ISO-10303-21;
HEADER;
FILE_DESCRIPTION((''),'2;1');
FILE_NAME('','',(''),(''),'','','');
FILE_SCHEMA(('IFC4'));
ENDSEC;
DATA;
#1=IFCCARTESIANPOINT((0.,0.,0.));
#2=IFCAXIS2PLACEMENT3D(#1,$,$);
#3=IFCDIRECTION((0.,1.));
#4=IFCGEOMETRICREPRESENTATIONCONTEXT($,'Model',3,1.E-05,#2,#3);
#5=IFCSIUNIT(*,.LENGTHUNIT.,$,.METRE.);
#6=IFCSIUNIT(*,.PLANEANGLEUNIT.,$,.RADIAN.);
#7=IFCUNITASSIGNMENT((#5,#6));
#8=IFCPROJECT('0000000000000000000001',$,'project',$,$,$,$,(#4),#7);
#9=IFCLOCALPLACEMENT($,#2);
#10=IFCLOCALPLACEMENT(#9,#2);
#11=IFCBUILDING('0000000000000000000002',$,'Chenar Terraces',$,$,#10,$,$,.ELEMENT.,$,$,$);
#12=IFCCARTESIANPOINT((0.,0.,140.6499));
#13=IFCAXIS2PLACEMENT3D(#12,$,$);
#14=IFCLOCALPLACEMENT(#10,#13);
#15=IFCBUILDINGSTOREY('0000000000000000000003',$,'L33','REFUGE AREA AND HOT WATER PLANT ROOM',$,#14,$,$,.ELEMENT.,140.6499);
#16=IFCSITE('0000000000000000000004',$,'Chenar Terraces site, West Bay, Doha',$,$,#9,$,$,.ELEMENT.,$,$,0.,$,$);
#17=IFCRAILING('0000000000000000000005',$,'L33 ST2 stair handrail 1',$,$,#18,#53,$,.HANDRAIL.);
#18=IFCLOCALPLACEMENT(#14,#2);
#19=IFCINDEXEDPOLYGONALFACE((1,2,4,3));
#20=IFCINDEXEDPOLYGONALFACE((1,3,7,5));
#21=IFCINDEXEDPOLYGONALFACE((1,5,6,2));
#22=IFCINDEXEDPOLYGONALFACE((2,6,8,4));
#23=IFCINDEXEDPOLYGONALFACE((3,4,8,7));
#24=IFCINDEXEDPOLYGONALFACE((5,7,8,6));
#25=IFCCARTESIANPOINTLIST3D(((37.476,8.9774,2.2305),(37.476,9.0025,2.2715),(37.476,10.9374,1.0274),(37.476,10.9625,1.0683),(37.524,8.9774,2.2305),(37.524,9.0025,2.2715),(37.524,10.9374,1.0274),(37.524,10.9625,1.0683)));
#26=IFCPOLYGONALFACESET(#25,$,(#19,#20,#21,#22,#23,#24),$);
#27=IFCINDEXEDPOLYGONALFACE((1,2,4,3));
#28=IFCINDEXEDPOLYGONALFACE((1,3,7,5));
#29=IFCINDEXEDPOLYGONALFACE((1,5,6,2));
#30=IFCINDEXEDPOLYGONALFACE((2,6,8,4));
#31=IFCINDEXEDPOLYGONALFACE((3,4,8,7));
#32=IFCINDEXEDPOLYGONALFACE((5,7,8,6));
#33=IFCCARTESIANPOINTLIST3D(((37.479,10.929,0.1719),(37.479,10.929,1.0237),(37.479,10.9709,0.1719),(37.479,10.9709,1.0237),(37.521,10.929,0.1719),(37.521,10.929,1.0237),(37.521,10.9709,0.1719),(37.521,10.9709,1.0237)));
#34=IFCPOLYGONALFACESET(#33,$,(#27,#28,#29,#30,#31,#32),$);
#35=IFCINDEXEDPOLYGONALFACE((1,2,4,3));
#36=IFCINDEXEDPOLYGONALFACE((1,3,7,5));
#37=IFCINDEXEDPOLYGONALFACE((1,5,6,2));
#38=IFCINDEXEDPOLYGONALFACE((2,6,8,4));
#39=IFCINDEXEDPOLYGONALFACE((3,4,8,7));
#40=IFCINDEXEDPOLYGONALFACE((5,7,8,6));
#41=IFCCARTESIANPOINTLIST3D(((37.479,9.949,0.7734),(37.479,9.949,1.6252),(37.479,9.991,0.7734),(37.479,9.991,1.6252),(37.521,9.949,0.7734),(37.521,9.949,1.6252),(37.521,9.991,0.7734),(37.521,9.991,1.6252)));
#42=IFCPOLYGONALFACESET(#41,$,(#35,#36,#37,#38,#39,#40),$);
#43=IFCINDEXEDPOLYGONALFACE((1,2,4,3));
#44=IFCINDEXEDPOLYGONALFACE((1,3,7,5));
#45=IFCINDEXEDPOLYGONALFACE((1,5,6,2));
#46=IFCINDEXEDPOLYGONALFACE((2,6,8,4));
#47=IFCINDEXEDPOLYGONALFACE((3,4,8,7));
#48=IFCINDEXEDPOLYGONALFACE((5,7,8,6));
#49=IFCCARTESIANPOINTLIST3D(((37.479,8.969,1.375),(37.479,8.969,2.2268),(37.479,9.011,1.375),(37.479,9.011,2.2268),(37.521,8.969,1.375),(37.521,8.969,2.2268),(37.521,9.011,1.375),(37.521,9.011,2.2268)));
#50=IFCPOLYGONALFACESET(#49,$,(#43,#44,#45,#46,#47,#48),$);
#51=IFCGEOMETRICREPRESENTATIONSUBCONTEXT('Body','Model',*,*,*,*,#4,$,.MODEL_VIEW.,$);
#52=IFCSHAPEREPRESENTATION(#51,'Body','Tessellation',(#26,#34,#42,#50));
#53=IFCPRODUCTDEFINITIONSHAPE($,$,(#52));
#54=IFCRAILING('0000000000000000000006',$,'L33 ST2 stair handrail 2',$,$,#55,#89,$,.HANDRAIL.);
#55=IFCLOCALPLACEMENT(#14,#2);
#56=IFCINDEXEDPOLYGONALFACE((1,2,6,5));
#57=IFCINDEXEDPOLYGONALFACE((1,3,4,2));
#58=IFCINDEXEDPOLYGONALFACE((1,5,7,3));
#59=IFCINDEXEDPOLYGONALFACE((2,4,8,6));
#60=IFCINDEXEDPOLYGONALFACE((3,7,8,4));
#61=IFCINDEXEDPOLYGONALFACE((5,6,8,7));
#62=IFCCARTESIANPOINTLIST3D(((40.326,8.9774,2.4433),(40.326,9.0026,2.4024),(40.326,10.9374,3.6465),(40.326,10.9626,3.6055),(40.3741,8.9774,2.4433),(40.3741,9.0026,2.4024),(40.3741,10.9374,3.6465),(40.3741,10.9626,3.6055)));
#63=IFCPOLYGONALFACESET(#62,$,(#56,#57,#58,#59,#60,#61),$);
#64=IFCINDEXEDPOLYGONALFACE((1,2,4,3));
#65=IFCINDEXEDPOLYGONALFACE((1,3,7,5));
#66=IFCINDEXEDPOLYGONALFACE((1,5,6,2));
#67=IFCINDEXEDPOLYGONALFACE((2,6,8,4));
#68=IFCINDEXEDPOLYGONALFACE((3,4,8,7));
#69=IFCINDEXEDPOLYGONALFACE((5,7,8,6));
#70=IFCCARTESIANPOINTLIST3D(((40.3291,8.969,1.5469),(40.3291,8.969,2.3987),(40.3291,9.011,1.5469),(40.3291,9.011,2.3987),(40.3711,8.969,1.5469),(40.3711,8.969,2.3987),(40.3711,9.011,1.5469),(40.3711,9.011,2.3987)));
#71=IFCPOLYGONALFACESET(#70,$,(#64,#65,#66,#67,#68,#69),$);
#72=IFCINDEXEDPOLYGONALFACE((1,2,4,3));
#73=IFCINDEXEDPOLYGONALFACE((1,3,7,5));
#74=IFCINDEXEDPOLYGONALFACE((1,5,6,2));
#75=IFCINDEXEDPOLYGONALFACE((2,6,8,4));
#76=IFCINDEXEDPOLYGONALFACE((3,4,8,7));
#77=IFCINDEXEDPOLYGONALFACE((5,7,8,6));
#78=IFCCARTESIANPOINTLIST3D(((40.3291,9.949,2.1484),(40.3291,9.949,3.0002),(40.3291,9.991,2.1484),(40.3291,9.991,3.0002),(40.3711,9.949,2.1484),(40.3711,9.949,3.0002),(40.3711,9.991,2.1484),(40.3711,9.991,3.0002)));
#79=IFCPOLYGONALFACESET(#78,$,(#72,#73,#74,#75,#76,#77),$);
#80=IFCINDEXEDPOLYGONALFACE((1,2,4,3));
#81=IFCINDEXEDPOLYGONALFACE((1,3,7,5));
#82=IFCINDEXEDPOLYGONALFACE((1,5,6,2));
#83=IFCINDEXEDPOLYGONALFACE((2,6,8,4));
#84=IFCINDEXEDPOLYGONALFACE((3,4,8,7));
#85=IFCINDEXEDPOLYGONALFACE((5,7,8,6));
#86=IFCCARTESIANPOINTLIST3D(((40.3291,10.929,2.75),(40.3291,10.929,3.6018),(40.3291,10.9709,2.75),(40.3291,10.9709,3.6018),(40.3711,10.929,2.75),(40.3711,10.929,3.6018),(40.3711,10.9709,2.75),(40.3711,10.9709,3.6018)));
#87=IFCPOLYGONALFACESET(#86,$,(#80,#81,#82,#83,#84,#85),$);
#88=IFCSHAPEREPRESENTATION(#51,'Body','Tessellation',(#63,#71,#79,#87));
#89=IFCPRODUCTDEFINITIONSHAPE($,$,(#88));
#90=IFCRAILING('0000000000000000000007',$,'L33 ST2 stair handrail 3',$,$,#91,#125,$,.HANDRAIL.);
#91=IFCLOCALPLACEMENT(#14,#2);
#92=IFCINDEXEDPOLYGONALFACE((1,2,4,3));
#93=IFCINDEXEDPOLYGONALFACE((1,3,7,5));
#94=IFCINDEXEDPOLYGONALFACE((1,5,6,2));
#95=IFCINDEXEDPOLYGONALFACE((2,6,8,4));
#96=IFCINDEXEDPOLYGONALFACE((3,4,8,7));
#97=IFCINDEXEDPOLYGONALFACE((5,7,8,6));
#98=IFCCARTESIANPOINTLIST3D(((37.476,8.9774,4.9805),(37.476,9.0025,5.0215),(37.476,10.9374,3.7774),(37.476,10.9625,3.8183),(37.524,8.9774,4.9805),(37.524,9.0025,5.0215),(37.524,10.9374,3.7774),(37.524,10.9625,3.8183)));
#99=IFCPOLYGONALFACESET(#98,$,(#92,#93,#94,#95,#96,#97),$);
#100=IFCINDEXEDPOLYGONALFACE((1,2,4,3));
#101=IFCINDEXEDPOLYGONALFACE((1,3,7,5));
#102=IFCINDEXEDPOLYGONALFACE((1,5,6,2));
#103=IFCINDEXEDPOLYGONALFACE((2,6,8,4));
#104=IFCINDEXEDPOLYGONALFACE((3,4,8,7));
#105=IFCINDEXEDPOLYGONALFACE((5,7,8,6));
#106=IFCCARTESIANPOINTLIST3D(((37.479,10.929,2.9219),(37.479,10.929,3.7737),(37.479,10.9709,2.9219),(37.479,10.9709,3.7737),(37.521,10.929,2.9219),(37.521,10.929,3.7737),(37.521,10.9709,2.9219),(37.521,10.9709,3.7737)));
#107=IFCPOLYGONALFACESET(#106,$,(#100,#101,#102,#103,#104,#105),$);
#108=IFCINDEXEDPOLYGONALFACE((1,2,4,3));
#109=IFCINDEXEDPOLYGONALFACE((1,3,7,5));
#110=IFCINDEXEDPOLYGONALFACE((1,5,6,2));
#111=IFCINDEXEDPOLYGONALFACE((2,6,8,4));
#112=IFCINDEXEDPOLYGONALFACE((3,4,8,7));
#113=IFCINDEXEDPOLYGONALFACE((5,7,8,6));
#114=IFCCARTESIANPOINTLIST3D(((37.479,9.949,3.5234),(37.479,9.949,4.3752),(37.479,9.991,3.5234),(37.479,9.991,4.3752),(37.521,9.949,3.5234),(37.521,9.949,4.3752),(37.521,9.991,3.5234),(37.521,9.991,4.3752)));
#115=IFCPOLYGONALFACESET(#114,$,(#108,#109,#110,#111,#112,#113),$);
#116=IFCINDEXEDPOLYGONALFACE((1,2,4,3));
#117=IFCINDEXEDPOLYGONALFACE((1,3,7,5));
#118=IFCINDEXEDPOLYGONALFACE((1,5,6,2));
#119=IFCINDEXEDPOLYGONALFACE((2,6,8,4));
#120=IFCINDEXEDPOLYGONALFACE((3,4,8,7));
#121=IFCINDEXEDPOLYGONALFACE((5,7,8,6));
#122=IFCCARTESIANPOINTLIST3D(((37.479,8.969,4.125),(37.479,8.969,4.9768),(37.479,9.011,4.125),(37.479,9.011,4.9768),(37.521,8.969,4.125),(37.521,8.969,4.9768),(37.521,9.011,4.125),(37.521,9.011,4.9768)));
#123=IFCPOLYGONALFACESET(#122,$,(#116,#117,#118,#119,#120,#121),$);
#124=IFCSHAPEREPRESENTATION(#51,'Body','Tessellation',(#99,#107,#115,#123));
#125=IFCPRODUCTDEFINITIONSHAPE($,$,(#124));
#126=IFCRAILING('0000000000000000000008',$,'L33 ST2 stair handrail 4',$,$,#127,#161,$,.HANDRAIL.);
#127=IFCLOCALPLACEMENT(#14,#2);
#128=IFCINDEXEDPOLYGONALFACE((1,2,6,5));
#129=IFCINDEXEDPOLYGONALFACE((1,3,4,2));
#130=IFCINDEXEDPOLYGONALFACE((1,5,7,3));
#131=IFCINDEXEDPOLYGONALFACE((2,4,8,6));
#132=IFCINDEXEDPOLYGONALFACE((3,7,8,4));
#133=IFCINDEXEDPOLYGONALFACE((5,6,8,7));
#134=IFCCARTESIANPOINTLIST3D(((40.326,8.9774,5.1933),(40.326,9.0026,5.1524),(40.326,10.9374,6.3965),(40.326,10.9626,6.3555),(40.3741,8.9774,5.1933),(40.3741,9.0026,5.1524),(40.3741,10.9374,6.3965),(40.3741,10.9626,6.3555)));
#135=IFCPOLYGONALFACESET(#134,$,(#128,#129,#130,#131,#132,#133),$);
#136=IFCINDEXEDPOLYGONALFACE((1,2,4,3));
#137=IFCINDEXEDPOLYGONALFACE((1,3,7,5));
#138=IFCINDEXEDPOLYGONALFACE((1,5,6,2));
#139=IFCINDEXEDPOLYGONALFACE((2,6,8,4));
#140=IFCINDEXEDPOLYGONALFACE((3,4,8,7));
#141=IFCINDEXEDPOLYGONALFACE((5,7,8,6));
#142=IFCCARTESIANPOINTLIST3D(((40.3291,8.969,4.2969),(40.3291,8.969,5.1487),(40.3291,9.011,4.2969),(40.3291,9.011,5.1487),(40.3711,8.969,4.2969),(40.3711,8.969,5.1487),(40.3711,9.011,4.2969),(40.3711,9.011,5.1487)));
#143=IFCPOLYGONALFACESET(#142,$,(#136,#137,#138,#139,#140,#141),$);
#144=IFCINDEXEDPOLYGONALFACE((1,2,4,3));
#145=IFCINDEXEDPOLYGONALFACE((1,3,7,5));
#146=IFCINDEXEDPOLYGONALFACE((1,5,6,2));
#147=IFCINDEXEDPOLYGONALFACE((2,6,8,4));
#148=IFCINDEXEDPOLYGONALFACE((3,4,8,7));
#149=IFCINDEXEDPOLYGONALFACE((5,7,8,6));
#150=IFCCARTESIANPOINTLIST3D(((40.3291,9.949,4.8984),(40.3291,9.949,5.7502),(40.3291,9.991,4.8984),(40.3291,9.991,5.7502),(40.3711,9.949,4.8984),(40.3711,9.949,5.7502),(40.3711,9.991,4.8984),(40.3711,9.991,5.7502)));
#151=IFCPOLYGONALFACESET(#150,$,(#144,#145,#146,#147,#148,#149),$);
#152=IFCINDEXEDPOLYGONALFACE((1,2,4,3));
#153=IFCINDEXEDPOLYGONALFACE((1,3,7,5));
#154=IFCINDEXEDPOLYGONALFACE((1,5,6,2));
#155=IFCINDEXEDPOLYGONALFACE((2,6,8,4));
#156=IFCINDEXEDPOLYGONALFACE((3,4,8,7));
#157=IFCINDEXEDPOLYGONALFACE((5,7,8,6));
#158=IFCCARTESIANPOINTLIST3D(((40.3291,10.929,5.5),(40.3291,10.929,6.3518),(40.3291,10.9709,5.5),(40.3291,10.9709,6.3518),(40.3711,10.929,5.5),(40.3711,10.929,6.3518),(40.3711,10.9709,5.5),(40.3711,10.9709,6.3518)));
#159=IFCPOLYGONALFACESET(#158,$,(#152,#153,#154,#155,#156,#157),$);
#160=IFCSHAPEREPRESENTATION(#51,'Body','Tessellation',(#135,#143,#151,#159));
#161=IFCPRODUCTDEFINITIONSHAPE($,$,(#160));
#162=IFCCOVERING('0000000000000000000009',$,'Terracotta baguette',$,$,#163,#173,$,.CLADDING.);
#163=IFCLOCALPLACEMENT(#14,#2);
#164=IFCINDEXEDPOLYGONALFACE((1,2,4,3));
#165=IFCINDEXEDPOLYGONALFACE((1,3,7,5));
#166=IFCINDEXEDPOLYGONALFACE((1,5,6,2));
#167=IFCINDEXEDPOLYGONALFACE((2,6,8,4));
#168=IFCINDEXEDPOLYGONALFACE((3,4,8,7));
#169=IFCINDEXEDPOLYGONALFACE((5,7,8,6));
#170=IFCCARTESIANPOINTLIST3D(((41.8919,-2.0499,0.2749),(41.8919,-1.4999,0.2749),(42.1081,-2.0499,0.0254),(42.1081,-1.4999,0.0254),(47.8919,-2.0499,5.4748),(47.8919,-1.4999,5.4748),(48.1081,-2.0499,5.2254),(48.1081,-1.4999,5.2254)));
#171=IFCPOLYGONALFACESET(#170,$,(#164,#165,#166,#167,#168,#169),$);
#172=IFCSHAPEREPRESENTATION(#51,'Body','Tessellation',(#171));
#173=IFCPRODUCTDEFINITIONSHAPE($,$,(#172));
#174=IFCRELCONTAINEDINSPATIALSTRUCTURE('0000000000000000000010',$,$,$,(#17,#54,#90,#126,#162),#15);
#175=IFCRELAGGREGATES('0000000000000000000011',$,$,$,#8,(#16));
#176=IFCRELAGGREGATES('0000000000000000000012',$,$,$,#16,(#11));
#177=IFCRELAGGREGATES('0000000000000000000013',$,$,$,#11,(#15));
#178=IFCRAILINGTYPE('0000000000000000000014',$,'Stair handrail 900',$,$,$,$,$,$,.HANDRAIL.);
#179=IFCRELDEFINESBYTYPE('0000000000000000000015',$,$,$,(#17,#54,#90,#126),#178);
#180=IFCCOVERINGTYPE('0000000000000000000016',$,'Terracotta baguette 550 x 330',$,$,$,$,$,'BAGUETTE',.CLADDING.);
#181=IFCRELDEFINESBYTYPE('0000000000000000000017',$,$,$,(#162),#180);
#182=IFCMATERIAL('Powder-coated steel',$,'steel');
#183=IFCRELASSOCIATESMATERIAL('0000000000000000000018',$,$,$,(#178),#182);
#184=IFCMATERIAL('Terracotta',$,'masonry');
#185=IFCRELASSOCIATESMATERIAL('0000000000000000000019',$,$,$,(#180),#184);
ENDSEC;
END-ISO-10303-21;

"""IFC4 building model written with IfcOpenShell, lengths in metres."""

from ifc_helpers import new_model, si_unit, direction, frame, origin, origin_2d, place, context, subcontext, project, spatial, rectangle, extrude, material, material_profile, profile_set, type_object, element, save


model = new_model("IFC4")

# Units and contexts
model_context = context("Model", 3, precision=1e-05, world=origin(), true_north=direction((0.0, 1.0)))
body_context = subcontext(model_context, "Body", "Model", "MODEL_VIEW")
ifc_project = project(units=[si_unit("LENGTHUNIT", "METRE"), si_unit("PLANEANGLEUNIT", "RADIAN")], contexts=[model_context])

# Site, building, storey
site_placement = place(None, origin())
site = spatial("IfcSite", under=ifc_project, at=site_placement, Name="Chenar Terraces site, West Bay, Doha", CompositionType="ELEMENT", RefElevation=0.0)
building_placement = place(site_placement, origin())
building = spatial("IfcBuilding", under=site, at=building_placement, Name="Chenar Terraces", CompositionType="ELEMENT")
storey_placement = place(building_placement, frame((0.0, 0.0, 140.6499)))
storey = spatial("IfcBuildingStorey", under=building, at=storey_placement, Name="L33", Description="REFUGE AREA AND HOT WATER PLANT ROOM", CompositionType="ELEMENT", Elevation=140.6499)

# Railings
ifc_material_1 = material(Name="Powder-coated steel", Category="steel")
railing_type_1 = type_object("IfcRailingType", Name="Stair handrail 900", PredefinedType="HANDRAIL", material=ifc_material_1)
railing_1_placement = place(storey_placement, frame((37.5, 10.95, 0.1719)))
element("IfcRailing", 1, at=railing_1_placement, inside=storey, type_object=railing_type_1, Name="L33 ST2 stair handrail 1", PredefinedType="HANDRAIL", context=body_context, shape_type="SweptSolid", body=[
    extrude(rectangle(XDim=0.0481, YDim=0.0481, at=origin_2d()), frame((0.0, 0.0, 0.876), z_axis=(0.0, -0.852241, 0.523149), x_axis=(1.0, 0.0, 0.0)), (0.0, 0.0, 1.0), 2.2998),
    extrude(rectangle(XDim=0.042, YDim=0.042, at=origin_2d()), origin(), (0.0, 0.0, 1.0), 0.8518),
    extrude(rectangle(XDim=0.042, YDim=0.042, at=origin_2d()), frame((0.0, -0.98, 0.6016)), (0.0, 0.0, 1.0), 0.8518),
    extrude(rectangle(XDim=0.042, YDim=0.042, at=origin_2d()), frame((0.0, -1.96, 1.2031)), (0.0, 0.0, 1.0), 0.8518),
])
railing_2_placement = place(storey_placement, frame((40.3501, 8.99, 1.5469)))
element("IfcRailing", 2, at=railing_2_placement, inside=storey, type_object=railing_type_1, Name="L33 ST2 stair handrail 2", PredefinedType="HANDRAIL", context=body_context, shape_type="SweptSolid", body=[
    extrude(rectangle(XDim=0.0481, YDim=0.0481, at=origin_2d()), frame((0.0, 0.0, 0.876), z_axis=(0.0, 0.852241, 0.523149), x_axis=(-1.0, 0.0, 0.0)), (0.0, 0.0, 1.0), 2.2998),
    extrude(rectangle(XDim=0.042, YDim=0.042, at=origin_2d()), origin(), (0.0, 0.0, 1.0), 0.8518),
    extrude(rectangle(XDim=0.042, YDim=0.042, at=origin_2d()), frame((0.0, 0.98, 0.6016)), (0.0, 0.0, 1.0), 0.8518),
    extrude(rectangle(XDim=0.042, YDim=0.042, at=origin_2d()), frame((0.0, 1.96, 1.2031)), (0.0, 0.0, 1.0), 0.8518),
])
railing_3_placement = place(storey_placement, frame((37.5, 10.95, 2.9219)))
element("IfcRailing", 3, at=railing_3_placement, inside=storey, type_object=railing_type_1, Name="L33 ST2 stair handrail 3", PredefinedType="HANDRAIL", context=body_context, shape_type="SweptSolid", body=[
    extrude(rectangle(XDim=0.0481, YDim=0.0481, at=origin_2d()), frame((0.0, 0.0, 0.876), z_axis=(0.0, -0.852241, 0.523149), x_axis=(1.0, 0.0, 0.0)), (0.0, 0.0, 1.0), 2.2998),
    extrude(rectangle(XDim=0.042, YDim=0.042, at=origin_2d()), origin(), (0.0, 0.0, 1.0), 0.8518),
    extrude(rectangle(XDim=0.042, YDim=0.042, at=origin_2d()), frame((0.0, -0.98, 0.6016)), (0.0, 0.0, 1.0), 0.8518),
    extrude(rectangle(XDim=0.042, YDim=0.042, at=origin_2d()), frame((0.0, -1.96, 1.2031)), (0.0, 0.0, 1.0), 0.8518),
])
railing_4_placement = place(storey_placement, frame((40.3501, 8.99, 4.2969)))
element("IfcRailing", 4, at=railing_4_placement, inside=storey, type_object=railing_type_1, Name="L33 ST2 stair handrail 4", PredefinedType="HANDRAIL", context=body_context, shape_type="SweptSolid", body=[
    extrude(rectangle(XDim=0.0481, YDim=0.0481, at=origin_2d()), frame((0.0, 0.0, 0.876), z_axis=(0.0, 0.852241, 0.523149), x_axis=(-1.0, 0.0, 0.0)), (0.0, 0.0, 1.0), 2.2998),
    extrude(rectangle(XDim=0.042, YDim=0.042, at=origin_2d()), origin(), (0.0, 0.0, 1.0), 0.8518),
    extrude(rectangle(XDim=0.042, YDim=0.042, at=origin_2d()), frame((0.0, 0.98, 0.6016)), (0.0, 0.0, 1.0), 0.8518),
    extrude(rectangle(XDim=0.042, YDim=0.042, at=origin_2d()), frame((0.0, 1.96, 1.2031)), (0.0, 0.0, 1.0), 0.8518),
])

# Covering
ifc_material_2 = material(Name="Terracotta", Category="masonry")
ifc_material_profile_1 = material_profile(ifc_material_2, rectangle(XDim=0.55, YDim=0.3301, at=origin_2d()), Name="Terracotta baguette 550 x 330")
ifc_profile_set_1 = profile_set([ifc_material_profile_1], Name="Terracotta")
covering_type = type_object("IfcCoveringType", Name="Terracotta baguette 550 x 330", ElementType="BAGUETTE", PredefinedType="CLADDING", material=ifc_profile_set_1)
covering_placement = place(storey_placement, frame((42.0, -1.7749, 0.1501), z_axis=(0.755692, 0.0, 0.654927), x_axis=(0.0, 1.0, 0.0)))
element("IfcCovering", 5, at=covering_placement, inside=storey, type_object=covering_type, Name="Terracotta baguette", PredefinedType="CLADDING", context=body_context, shape_type="SweptSolid", body=[
    extrude(rectangle(XDim=0.55, YDim=0.3301, at=origin_2d()), origin(), (0.0, 0.0, 1.0), 7.9397),
])

save(model, "model.ifc")
